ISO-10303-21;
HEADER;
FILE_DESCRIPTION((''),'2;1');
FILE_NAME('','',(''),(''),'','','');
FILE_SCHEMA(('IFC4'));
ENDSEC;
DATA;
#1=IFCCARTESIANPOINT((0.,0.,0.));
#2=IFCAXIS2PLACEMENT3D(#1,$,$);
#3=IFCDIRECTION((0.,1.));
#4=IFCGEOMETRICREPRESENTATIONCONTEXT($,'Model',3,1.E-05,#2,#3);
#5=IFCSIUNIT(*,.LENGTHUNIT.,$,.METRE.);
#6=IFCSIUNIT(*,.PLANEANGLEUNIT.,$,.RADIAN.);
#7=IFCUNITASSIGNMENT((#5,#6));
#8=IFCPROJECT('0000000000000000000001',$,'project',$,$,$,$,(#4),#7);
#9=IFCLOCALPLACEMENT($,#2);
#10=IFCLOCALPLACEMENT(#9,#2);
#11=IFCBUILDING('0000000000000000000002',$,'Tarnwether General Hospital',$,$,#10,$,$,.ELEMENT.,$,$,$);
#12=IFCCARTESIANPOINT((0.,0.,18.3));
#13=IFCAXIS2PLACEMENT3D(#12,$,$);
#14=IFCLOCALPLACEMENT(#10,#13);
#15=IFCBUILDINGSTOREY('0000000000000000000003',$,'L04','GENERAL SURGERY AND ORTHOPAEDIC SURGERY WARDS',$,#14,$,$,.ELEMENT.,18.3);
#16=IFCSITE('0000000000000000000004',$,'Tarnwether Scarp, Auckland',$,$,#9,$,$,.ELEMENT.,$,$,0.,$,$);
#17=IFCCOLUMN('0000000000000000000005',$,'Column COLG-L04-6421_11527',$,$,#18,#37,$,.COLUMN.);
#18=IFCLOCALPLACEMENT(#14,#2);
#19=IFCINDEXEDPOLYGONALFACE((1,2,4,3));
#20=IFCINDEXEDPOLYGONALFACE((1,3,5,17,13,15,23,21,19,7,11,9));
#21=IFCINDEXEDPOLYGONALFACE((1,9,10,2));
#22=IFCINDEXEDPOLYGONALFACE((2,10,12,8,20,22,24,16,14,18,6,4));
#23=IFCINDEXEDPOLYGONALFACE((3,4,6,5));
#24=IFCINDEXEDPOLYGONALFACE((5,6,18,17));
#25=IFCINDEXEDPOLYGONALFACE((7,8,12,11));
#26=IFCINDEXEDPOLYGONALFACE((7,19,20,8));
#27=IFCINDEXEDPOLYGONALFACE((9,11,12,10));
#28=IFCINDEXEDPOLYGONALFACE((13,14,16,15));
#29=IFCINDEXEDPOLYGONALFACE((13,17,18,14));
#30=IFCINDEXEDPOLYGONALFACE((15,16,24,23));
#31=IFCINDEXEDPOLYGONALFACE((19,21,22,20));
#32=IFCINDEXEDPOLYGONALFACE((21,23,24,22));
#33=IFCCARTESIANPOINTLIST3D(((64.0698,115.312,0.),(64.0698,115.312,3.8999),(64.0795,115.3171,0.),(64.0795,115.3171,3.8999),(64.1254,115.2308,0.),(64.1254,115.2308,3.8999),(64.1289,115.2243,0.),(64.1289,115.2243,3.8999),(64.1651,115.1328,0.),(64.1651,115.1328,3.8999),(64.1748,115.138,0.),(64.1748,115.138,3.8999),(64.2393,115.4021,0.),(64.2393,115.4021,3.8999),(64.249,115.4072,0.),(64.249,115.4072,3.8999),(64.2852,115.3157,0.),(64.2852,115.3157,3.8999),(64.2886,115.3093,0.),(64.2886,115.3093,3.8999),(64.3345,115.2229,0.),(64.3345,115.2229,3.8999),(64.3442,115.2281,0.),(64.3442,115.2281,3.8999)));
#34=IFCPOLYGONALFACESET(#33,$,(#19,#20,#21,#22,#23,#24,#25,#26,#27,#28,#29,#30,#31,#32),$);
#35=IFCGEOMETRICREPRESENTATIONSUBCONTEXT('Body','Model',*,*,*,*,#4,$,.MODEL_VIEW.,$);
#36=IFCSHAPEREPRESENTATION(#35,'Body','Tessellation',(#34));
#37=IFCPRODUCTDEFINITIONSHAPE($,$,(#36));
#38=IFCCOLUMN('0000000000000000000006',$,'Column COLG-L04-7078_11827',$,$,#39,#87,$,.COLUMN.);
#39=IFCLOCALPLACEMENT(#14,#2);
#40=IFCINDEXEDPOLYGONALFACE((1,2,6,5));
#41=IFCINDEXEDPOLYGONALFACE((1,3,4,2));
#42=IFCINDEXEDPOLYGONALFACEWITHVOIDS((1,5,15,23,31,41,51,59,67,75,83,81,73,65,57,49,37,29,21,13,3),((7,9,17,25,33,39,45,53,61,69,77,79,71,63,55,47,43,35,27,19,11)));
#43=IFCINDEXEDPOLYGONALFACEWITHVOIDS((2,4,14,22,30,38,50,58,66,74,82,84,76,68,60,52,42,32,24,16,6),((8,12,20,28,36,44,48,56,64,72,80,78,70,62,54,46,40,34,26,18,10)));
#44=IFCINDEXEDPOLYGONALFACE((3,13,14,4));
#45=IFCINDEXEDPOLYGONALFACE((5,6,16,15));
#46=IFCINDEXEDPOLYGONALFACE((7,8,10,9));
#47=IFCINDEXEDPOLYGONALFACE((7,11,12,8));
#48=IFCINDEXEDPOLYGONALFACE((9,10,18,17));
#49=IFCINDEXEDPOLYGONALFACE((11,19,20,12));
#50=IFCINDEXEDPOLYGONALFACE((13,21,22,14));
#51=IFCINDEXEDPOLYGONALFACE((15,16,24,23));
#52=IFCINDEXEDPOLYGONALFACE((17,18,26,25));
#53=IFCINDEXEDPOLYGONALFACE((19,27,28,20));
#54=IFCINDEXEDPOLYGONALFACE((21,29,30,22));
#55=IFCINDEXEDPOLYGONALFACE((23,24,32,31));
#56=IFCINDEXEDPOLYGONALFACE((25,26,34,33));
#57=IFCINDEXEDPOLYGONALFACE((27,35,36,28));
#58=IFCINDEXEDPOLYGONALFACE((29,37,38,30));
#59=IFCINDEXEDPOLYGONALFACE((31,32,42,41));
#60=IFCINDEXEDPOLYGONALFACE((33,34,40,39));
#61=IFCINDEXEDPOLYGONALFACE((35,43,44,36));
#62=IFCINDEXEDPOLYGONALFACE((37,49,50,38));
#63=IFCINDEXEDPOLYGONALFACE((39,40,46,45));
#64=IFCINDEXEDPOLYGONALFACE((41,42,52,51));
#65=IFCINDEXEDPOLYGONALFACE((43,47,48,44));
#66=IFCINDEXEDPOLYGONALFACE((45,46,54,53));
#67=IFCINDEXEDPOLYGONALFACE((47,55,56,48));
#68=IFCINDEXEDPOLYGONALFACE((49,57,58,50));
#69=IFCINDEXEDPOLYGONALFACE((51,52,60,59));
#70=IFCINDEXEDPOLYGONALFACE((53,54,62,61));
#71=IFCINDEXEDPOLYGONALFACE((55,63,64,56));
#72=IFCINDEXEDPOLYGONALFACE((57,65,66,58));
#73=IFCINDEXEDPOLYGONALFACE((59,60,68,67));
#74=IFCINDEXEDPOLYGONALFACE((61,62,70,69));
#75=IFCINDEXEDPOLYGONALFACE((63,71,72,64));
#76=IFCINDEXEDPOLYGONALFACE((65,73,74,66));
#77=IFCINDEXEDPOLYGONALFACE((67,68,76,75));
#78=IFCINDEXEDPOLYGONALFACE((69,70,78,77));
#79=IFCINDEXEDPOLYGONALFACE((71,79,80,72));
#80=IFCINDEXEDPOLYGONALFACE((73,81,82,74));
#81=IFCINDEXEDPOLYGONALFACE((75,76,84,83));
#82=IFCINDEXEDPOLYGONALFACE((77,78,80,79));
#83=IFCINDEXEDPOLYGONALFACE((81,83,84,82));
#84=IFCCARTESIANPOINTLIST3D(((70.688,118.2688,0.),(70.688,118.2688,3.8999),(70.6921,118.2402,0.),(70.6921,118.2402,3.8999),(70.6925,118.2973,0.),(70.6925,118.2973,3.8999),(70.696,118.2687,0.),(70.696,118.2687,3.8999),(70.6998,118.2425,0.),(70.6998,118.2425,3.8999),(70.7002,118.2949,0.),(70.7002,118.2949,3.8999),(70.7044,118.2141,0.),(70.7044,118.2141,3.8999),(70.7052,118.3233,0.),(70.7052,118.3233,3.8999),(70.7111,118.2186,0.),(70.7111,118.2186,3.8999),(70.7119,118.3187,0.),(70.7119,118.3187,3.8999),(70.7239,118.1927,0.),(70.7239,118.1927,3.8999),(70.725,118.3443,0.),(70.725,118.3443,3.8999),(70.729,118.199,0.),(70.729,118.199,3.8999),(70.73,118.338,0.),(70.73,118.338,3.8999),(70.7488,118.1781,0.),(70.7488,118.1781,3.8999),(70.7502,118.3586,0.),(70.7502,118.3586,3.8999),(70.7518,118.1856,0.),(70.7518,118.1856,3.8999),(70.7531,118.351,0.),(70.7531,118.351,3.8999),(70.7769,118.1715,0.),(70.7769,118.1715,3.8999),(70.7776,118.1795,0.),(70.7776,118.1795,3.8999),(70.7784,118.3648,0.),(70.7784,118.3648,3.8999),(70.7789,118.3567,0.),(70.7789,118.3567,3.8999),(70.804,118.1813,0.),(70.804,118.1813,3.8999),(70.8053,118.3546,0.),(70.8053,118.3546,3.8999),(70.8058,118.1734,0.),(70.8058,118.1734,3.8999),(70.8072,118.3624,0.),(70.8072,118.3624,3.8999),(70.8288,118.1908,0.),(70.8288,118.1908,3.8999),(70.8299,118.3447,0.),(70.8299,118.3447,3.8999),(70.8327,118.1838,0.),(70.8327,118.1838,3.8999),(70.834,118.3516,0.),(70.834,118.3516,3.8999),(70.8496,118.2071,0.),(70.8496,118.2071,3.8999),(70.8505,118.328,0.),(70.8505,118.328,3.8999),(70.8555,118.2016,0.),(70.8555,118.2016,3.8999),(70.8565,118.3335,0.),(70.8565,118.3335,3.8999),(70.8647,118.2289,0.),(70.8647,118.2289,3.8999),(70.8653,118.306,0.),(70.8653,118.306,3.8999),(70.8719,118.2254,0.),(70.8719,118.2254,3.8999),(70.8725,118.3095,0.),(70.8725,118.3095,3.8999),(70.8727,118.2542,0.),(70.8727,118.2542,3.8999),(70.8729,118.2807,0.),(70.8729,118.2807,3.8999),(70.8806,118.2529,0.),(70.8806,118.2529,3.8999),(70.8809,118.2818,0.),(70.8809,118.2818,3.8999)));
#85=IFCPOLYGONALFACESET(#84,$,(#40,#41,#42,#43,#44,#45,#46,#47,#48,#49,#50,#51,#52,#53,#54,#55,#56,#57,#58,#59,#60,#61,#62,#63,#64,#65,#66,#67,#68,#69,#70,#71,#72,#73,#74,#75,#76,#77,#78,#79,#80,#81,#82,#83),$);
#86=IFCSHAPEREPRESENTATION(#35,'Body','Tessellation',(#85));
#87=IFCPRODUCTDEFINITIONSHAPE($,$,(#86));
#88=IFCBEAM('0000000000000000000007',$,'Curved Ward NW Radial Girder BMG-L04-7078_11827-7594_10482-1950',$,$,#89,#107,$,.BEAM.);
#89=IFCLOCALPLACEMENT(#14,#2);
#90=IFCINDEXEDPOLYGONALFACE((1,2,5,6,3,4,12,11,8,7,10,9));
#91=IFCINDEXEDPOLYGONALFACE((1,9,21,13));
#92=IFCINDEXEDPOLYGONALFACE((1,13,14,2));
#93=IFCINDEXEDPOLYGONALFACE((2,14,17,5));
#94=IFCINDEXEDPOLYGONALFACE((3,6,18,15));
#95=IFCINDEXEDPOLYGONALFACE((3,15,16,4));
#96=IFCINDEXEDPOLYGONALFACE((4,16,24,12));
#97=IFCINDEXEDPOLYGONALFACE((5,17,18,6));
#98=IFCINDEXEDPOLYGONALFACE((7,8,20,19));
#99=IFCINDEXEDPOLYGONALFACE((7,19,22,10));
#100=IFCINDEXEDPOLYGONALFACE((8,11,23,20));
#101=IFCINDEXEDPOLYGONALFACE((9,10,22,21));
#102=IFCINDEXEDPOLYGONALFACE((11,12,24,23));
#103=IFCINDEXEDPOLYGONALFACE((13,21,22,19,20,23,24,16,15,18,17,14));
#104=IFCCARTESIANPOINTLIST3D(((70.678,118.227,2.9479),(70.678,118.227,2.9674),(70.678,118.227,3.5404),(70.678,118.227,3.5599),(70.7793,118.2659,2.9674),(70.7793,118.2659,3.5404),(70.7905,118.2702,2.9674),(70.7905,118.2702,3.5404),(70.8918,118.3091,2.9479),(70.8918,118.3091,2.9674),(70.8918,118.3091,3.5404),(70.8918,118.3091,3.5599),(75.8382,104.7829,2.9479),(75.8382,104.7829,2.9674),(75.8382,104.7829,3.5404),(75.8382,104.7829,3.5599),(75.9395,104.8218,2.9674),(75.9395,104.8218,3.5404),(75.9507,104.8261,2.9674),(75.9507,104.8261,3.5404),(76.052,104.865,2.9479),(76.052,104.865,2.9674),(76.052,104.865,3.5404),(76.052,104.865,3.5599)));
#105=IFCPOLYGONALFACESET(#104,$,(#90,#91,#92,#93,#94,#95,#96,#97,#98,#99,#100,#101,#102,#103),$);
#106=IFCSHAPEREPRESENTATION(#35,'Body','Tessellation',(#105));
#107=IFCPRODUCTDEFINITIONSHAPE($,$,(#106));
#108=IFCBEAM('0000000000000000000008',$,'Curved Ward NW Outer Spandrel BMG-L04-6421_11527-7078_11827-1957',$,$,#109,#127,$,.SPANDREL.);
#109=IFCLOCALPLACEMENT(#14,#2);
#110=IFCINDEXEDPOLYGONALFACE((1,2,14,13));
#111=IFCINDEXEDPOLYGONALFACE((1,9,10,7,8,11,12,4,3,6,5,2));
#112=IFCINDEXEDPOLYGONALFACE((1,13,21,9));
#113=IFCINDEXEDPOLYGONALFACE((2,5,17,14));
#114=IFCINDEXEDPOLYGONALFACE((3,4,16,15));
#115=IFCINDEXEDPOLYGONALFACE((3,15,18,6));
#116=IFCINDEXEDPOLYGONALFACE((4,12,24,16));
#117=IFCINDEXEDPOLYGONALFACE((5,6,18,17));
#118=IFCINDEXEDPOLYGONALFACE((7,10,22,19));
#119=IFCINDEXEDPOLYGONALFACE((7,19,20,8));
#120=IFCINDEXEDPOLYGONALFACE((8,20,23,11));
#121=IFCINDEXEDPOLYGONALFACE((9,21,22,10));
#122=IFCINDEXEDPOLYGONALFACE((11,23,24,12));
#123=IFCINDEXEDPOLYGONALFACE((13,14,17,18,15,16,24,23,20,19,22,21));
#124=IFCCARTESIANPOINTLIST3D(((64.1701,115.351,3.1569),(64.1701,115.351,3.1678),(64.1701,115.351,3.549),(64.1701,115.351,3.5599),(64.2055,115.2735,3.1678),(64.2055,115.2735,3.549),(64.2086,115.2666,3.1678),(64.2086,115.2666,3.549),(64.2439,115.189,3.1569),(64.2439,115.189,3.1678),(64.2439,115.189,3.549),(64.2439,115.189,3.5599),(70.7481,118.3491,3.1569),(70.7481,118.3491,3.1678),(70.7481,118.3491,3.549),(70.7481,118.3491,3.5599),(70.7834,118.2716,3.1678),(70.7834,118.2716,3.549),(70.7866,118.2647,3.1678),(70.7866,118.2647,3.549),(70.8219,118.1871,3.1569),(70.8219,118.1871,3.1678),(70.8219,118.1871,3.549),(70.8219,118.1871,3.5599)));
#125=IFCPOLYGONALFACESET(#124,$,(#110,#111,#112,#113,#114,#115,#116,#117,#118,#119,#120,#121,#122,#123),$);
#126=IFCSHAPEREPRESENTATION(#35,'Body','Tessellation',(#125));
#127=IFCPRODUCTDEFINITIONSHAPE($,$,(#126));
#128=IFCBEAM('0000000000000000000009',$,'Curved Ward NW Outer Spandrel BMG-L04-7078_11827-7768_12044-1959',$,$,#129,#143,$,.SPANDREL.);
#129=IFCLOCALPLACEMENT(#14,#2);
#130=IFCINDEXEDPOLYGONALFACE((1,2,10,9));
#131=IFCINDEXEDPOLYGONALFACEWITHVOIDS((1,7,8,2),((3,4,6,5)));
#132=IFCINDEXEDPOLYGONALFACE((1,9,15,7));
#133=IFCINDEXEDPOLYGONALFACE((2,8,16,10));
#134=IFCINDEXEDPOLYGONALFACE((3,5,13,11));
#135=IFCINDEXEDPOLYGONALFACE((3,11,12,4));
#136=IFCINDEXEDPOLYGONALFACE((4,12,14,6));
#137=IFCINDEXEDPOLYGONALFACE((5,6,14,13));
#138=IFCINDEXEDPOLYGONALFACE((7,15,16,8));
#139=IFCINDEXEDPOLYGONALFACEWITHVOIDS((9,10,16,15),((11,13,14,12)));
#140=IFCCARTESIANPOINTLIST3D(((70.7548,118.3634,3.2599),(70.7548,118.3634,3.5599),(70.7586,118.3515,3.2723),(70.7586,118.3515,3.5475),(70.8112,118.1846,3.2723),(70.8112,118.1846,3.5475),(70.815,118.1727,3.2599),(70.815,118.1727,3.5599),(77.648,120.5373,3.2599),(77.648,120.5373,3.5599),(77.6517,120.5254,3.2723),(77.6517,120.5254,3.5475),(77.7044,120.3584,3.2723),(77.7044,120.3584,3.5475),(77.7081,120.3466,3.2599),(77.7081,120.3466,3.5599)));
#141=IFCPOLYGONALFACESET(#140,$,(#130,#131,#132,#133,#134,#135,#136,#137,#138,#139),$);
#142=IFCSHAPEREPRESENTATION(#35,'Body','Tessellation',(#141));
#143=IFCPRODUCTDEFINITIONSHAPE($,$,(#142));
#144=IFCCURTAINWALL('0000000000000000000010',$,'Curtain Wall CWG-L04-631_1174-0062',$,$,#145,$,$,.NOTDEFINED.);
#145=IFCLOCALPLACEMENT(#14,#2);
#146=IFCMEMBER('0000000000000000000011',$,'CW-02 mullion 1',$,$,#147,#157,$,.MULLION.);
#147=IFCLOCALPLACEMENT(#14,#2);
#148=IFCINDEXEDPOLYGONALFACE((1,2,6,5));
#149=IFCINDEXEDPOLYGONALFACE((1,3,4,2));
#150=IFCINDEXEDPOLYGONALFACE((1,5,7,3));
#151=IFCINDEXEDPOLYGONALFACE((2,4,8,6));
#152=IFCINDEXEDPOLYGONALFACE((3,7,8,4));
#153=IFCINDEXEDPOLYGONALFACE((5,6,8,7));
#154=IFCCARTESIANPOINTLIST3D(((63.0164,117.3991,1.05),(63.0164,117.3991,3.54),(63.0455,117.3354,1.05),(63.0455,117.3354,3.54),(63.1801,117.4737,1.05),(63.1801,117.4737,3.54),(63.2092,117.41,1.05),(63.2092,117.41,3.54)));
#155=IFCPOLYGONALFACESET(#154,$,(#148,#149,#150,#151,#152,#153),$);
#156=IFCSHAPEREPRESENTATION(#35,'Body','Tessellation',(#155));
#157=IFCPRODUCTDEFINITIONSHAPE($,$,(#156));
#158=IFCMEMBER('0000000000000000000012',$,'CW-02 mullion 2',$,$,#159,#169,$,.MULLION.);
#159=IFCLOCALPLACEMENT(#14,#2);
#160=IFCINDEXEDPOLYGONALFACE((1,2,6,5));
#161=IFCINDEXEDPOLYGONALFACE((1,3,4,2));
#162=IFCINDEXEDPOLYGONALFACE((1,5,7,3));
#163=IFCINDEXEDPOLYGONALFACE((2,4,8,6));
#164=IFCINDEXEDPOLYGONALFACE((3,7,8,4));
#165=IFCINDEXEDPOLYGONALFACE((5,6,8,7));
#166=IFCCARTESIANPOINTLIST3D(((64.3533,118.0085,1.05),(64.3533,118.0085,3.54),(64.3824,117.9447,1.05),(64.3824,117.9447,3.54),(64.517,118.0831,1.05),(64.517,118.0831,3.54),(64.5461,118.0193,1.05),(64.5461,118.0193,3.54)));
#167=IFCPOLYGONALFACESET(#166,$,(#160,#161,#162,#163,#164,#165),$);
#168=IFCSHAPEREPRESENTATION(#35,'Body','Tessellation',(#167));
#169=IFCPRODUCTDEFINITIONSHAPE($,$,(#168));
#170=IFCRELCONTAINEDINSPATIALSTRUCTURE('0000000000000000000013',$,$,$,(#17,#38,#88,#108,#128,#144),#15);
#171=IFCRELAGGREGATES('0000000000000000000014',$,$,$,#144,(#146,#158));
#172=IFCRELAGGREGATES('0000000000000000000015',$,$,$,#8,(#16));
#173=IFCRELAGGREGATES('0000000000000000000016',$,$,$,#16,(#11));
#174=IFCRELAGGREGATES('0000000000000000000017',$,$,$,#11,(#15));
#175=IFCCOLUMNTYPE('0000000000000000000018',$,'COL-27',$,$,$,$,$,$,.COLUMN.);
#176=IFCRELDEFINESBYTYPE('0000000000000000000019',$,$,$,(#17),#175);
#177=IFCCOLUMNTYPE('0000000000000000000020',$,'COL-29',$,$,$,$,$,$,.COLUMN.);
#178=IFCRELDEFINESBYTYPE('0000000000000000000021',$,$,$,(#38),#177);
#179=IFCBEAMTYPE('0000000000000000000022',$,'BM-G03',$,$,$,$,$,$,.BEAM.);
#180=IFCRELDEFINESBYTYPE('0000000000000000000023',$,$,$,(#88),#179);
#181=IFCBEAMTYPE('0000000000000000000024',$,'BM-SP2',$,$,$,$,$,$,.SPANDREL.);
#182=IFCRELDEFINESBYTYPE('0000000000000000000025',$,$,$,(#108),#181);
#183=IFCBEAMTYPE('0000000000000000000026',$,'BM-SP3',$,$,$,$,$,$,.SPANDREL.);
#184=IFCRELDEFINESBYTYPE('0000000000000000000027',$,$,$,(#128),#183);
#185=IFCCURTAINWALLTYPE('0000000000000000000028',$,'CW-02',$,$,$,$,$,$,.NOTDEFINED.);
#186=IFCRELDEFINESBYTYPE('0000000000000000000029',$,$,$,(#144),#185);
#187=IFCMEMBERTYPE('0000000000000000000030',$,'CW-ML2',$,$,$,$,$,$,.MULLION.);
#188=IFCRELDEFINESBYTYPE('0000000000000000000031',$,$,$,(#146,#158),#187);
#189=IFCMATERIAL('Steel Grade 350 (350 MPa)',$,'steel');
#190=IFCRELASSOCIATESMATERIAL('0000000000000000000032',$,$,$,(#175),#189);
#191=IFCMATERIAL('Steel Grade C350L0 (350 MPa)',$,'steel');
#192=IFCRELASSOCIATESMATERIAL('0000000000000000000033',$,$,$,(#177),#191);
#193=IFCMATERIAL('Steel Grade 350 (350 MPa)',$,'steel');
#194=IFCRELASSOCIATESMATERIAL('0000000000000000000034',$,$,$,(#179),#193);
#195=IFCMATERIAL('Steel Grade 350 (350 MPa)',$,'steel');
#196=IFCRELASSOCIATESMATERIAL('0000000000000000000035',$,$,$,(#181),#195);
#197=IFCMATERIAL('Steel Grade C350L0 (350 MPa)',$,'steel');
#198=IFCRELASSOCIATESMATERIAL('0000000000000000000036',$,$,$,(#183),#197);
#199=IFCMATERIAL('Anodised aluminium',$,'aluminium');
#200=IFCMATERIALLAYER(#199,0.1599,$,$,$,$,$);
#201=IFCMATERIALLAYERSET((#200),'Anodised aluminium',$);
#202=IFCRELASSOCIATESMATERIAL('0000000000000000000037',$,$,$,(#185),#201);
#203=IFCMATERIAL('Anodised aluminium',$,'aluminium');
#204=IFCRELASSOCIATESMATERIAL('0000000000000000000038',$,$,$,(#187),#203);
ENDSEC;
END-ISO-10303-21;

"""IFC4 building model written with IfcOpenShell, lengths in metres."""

from ifc_helpers import new_model, si_unit, direction, frame, origin, origin_2d, place, context, subcontext, project, spatial, rectangle, hollow_rectangle, hollow_circle, i_section, extrude, material, layer, layer_set, material_profile, profile_set, type_object, element, aggregate, save


model = new_model("IFC4")

# Units and contexts
model_context = context("Model", 3, precision=1e-05, world=origin(), true_north=direction((0.0, 1.0)))
body_context = subcontext(model_context, "Body", "Model", "MODEL_VIEW")
ifc_project = project(units=[si_unit("LENGTHUNIT", "METRE"), si_unit("PLANEANGLEUNIT", "RADIAN")], contexts=[model_context])

# Site, building, storey
site_placement = place(None, origin())
site = spatial("IfcSite", under=ifc_project, at=site_placement, Name="Tarnwether Scarp, Auckland", CompositionType="ELEMENT", RefElevation=0.0)
building_placement = place(site_placement, origin())
building = spatial("IfcBuilding", under=site, at=building_placement, Name="Tarnwether General Hospital", CompositionType="ELEMENT")
storey_placement = place(building_placement, frame((0.0, 0.0, 18.3)))
storey = spatial("IfcBuildingStorey", under=building, at=storey_placement, Name="L04", Description="GENERAL SURGERY AND ORTHOPAEDIC SURGERY WARDS", CompositionType="ELEMENT", Elevation=18.3)

# Columns
ifc_material_1 = material(Name="Steel Grade 350 (350 MPa)", Category="steel")
ifc_material_profile_1 = material_profile(ifc_material_1, i_section(OverallWidth=0.2029, OverallDepth=0.2029, WebThickness=0.0073, FlangeThickness=0.011, at=origin_2d()), Name="200UC46.2")
ifc_profile_set_1 = profile_set([ifc_material_profile_1], Name="Steel Grade 350 (350 MPa)")
column_type_1 = type_object("IfcColumnType", Name="COL-27", PredefinedType="COLUMN", material=ifc_profile_set_1)
column_1_placement = place(storey_placement, frame((64.207, 115.27, 0.0), z_axis=(0.0, 0.0, 1.0), x_axis=(-0.469472, 0.882948, 0.0)))
element("IfcColumn", 1, at=column_1_placement, inside=storey, type_object=column_type_1, Name="Column COLG-L04-6421_11527", PredefinedType="COLUMN", context=body_context, shape_type="SweptSolid", body=[
    extrude(i_section(OverallWidth=0.2029, OverallDepth=0.2029, WebThickness=0.0073, FlangeThickness=0.011, at=origin_2d()), origin(), (0.0, 0.0, 1.0), 3.8999),
])
ifc_material_2 = material(Name="Steel Grade C350L0 (350 MPa)", Category="steel")
ifc_material_profile_2 = material_profile(ifc_material_2, hollow_circle(Radius=0.0969, WallThickness=0.0081, at=origin_2d()), Name="CHS193.7x8.0")
ifc_profile_set_2 = profile_set([ifc_material_profile_2], Name="Steel Grade C350L0 (350 MPa)")
column_type_2 = type_object("IfcColumnType", Name="COL-29", PredefinedType="COLUMN", material=ifc_profile_set_2)
column_2_placement = place(storey_placement, frame((70.7849, 118.2681, 0.0), z_axis=(0.0, 0.0, 1.0), x_axis=(-0.358368, 0.93358, 0.0)))
element("IfcColumn", 2, at=column_2_placement, inside=storey, type_object=column_type_2, Name="Column COLG-L04-7078_11827", PredefinedType="COLUMN", context=body_context, shape_type="SweptSolid", body=[
    extrude(hollow_circle(Radius=0.0969, WallThickness=0.0081, at=origin_2d()), origin(), (0.0, 0.0, 1.0), 3.8999),
])

# Beams
ifc_material_3 = material(Name="Steel Grade 350 (350 MPa)", Category="steel")
ifc_material_profile_3 = material_profile(ifc_material_3, i_section(OverallWidth=0.229, OverallDepth=0.6121, WebThickness=0.012, FlangeThickness=0.0195, at=origin_2d()), Name="610UB125")
ifc_profile_set_3 = profile_set([ifc_material_profile_3], Name="Steel Grade 350 (350 MPa)")
beam_type_1 = type_object("IfcBeamType", Name="BM-G03", PredefinedType="BEAM", material=ifc_profile_set_3)
beam_1_placement = place(storey_placement, frame((70.7849, 118.2681, 3.2539), z_axis=(0.358335, -0.933593, 0.0), x_axis=(0.933593, 0.358335, 0.0)))
element("IfcBeam", 3, at=beam_1_placement, inside=storey, type_object=beam_type_1, Name="Curved Ward NW Radial Girder BMG-L04-7078_11827-7594_10482-1950", PredefinedType="BEAM", context=body_context, shape_type="SweptSolid", body=[
    extrude(i_section(OverallWidth=0.229, OverallDepth=0.6121, WebThickness=0.012, FlangeThickness=0.0195, at=origin_2d()), origin(), (0.0, 0.0, 1.0), 14.4004),
])
ifc_material_4 = material(Name="Steel Grade 350 (350 MPa)", Category="steel")
ifc_material_profile_4 = material_profile(ifc_material_4, i_section(OverallWidth=0.178, OverallDepth=0.4031, WebThickness=0.0076, FlangeThickness=0.011, at=origin_2d()), Name="410UB53.7")
ifc_profile_set_4 = profile_set([ifc_material_profile_4], Name="Steel Grade 350 (350 MPa)")
beam_type_2 = type_object("IfcBeamType", Name="BM-SP2", PredefinedType="SPANDREL", material=ifc_profile_set_4)
beam_2_placement = place(storey_placement, frame((64.207, 115.27, 3.3584), z_axis=(0.909944, 0.414731, 0.0), x_axis=(-0.414731, 0.909944, 0.0)))
element("IfcBeam", 4, at=beam_2_placement, inside=storey, type_object=beam_type_2, Name="Curved Ward NW Outer Spandrel BMG-L04-6421_11527-7078_11827-1957", PredefinedType="SPANDREL", context=body_context, shape_type="SweptSolid", body=[
    extrude(i_section(OverallWidth=0.178, OverallDepth=0.4031, WebThickness=0.0076, FlangeThickness=0.011, at=origin_2d()), origin(), (0.0, 0.0, 1.0), 7.229),
])
ifc_material_5 = material(Name="Steel Grade C350L0 (350 MPa)", Category="steel")
ifc_material_profile_5 = material_profile(ifc_material_5, hollow_rectangle(XDim=0.2, YDim=0.3, WallThickness=0.0125, at=origin_2d()), Name="RHS300x200x12.5")
ifc_profile_set_5 = profile_set([ifc_material_profile_5], Name="Steel Grade C350L0 (350 MPa)")
beam_type_3 = type_object("IfcBeamType", Name="BM-SP3", PredefinedType="SPANDREL", material=ifc_profile_set_5)
beam_3_placement = place(storey_placement, frame((70.7849, 118.2681, 3.4099), z_axis=(0.953699, 0.300763, 0.0), x_axis=(-0.300763, 0.953699, 0.0)))
element("IfcBeam", 5, at=beam_3_placement, inside=storey, type_object=beam_type_3, Name="Curved Ward NW Outer Spandrel BMG-L04-7078_11827-7768_12044-1959", PredefinedType="SPANDREL", context=body_context, shape_type="SweptSolid", body=[
    extrude(hollow_rectangle(XDim=0.2, YDim=0.3, WallThickness=0.0125, at=origin_2d()), origin(), (0.0, 0.0, 1.0), 7.2278),
])

# Curtain wall, members
ifc_material_6 = material(Name="Anodised aluminium", Category="aluminium")
ifc_layer_1 = layer(ifc_material_6, 0.1599)
ifc_layer_set_1 = layer_set([ifc_layer_1], Name="Anodised aluminium")
curtain_wall_type = type_object("IfcCurtainWallType", Name="CW-02", PredefinedType="NOTDEFINED", material=ifc_layer_set_1)
curtain_wall_1_placement = place(storey_placement, origin())
curtain_wall_1 = element("IfcCurtainWall", 6, at=curtain_wall_1_placement, inside=storey, type_object=curtain_wall_type, Name="Curtain Wall CWG-L04-631_1174-0062", PredefinedType="NOTDEFINED")
ifc_material_7 = material(Name="Anodised aluminium", Category="aluminium")
ifc_material_profile_6 = material_profile(ifc_material_7, rectangle(XDim=0.0701, YDim=0.1799, at=origin_2d()), Name="ALU-MUL-70x180")
ifc_profile_set_6 = profile_set([ifc_material_profile_6], Name="Anodised aluminium")
member_type_1 = type_object("IfcMemberType", Name="CW-ML2", PredefinedType="MULLION", material=ifc_profile_set_6)
member_1_placement = place(storey_placement, frame((63.1128, 117.4045, 1.05), z_axis=(0.0, 0.0, 1.0), x_axis=(-0.414694, 0.909961, 0.0)))
member_1 = element("IfcMember", 7, at=member_1_placement, type_object=member_type_1, Name="CW-02 mullion 1", PredefinedType="MULLION", context=body_context, shape_type="SweptSolid", body=[
    extrude(rectangle(XDim=0.0701, YDim=0.1799, at=origin_2d()), origin(), (0.0, 0.0, 1.0), 2.49),
])
member_2_placement = place(storey_placement, frame((64.4497, 118.0139, 1.05), z_axis=(0.0, 0.0, 1.0), x_axis=(-0.414694, 0.909961, 0.0)))
member_2 = element("IfcMember", 8, at=member_2_placement, type_object=member_type_1, Name="CW-02 mullion 2", PredefinedType="MULLION", context=body_context, shape_type="SweptSolid", body=[
    extrude(rectangle(XDim=0.0701, YDim=0.1799, at=origin_2d()), origin(), (0.0, 0.0, 1.0), 2.49),
])

aggregate(curtain_wall_1, [member_1, member_2])

save(model, "model.ifc")
